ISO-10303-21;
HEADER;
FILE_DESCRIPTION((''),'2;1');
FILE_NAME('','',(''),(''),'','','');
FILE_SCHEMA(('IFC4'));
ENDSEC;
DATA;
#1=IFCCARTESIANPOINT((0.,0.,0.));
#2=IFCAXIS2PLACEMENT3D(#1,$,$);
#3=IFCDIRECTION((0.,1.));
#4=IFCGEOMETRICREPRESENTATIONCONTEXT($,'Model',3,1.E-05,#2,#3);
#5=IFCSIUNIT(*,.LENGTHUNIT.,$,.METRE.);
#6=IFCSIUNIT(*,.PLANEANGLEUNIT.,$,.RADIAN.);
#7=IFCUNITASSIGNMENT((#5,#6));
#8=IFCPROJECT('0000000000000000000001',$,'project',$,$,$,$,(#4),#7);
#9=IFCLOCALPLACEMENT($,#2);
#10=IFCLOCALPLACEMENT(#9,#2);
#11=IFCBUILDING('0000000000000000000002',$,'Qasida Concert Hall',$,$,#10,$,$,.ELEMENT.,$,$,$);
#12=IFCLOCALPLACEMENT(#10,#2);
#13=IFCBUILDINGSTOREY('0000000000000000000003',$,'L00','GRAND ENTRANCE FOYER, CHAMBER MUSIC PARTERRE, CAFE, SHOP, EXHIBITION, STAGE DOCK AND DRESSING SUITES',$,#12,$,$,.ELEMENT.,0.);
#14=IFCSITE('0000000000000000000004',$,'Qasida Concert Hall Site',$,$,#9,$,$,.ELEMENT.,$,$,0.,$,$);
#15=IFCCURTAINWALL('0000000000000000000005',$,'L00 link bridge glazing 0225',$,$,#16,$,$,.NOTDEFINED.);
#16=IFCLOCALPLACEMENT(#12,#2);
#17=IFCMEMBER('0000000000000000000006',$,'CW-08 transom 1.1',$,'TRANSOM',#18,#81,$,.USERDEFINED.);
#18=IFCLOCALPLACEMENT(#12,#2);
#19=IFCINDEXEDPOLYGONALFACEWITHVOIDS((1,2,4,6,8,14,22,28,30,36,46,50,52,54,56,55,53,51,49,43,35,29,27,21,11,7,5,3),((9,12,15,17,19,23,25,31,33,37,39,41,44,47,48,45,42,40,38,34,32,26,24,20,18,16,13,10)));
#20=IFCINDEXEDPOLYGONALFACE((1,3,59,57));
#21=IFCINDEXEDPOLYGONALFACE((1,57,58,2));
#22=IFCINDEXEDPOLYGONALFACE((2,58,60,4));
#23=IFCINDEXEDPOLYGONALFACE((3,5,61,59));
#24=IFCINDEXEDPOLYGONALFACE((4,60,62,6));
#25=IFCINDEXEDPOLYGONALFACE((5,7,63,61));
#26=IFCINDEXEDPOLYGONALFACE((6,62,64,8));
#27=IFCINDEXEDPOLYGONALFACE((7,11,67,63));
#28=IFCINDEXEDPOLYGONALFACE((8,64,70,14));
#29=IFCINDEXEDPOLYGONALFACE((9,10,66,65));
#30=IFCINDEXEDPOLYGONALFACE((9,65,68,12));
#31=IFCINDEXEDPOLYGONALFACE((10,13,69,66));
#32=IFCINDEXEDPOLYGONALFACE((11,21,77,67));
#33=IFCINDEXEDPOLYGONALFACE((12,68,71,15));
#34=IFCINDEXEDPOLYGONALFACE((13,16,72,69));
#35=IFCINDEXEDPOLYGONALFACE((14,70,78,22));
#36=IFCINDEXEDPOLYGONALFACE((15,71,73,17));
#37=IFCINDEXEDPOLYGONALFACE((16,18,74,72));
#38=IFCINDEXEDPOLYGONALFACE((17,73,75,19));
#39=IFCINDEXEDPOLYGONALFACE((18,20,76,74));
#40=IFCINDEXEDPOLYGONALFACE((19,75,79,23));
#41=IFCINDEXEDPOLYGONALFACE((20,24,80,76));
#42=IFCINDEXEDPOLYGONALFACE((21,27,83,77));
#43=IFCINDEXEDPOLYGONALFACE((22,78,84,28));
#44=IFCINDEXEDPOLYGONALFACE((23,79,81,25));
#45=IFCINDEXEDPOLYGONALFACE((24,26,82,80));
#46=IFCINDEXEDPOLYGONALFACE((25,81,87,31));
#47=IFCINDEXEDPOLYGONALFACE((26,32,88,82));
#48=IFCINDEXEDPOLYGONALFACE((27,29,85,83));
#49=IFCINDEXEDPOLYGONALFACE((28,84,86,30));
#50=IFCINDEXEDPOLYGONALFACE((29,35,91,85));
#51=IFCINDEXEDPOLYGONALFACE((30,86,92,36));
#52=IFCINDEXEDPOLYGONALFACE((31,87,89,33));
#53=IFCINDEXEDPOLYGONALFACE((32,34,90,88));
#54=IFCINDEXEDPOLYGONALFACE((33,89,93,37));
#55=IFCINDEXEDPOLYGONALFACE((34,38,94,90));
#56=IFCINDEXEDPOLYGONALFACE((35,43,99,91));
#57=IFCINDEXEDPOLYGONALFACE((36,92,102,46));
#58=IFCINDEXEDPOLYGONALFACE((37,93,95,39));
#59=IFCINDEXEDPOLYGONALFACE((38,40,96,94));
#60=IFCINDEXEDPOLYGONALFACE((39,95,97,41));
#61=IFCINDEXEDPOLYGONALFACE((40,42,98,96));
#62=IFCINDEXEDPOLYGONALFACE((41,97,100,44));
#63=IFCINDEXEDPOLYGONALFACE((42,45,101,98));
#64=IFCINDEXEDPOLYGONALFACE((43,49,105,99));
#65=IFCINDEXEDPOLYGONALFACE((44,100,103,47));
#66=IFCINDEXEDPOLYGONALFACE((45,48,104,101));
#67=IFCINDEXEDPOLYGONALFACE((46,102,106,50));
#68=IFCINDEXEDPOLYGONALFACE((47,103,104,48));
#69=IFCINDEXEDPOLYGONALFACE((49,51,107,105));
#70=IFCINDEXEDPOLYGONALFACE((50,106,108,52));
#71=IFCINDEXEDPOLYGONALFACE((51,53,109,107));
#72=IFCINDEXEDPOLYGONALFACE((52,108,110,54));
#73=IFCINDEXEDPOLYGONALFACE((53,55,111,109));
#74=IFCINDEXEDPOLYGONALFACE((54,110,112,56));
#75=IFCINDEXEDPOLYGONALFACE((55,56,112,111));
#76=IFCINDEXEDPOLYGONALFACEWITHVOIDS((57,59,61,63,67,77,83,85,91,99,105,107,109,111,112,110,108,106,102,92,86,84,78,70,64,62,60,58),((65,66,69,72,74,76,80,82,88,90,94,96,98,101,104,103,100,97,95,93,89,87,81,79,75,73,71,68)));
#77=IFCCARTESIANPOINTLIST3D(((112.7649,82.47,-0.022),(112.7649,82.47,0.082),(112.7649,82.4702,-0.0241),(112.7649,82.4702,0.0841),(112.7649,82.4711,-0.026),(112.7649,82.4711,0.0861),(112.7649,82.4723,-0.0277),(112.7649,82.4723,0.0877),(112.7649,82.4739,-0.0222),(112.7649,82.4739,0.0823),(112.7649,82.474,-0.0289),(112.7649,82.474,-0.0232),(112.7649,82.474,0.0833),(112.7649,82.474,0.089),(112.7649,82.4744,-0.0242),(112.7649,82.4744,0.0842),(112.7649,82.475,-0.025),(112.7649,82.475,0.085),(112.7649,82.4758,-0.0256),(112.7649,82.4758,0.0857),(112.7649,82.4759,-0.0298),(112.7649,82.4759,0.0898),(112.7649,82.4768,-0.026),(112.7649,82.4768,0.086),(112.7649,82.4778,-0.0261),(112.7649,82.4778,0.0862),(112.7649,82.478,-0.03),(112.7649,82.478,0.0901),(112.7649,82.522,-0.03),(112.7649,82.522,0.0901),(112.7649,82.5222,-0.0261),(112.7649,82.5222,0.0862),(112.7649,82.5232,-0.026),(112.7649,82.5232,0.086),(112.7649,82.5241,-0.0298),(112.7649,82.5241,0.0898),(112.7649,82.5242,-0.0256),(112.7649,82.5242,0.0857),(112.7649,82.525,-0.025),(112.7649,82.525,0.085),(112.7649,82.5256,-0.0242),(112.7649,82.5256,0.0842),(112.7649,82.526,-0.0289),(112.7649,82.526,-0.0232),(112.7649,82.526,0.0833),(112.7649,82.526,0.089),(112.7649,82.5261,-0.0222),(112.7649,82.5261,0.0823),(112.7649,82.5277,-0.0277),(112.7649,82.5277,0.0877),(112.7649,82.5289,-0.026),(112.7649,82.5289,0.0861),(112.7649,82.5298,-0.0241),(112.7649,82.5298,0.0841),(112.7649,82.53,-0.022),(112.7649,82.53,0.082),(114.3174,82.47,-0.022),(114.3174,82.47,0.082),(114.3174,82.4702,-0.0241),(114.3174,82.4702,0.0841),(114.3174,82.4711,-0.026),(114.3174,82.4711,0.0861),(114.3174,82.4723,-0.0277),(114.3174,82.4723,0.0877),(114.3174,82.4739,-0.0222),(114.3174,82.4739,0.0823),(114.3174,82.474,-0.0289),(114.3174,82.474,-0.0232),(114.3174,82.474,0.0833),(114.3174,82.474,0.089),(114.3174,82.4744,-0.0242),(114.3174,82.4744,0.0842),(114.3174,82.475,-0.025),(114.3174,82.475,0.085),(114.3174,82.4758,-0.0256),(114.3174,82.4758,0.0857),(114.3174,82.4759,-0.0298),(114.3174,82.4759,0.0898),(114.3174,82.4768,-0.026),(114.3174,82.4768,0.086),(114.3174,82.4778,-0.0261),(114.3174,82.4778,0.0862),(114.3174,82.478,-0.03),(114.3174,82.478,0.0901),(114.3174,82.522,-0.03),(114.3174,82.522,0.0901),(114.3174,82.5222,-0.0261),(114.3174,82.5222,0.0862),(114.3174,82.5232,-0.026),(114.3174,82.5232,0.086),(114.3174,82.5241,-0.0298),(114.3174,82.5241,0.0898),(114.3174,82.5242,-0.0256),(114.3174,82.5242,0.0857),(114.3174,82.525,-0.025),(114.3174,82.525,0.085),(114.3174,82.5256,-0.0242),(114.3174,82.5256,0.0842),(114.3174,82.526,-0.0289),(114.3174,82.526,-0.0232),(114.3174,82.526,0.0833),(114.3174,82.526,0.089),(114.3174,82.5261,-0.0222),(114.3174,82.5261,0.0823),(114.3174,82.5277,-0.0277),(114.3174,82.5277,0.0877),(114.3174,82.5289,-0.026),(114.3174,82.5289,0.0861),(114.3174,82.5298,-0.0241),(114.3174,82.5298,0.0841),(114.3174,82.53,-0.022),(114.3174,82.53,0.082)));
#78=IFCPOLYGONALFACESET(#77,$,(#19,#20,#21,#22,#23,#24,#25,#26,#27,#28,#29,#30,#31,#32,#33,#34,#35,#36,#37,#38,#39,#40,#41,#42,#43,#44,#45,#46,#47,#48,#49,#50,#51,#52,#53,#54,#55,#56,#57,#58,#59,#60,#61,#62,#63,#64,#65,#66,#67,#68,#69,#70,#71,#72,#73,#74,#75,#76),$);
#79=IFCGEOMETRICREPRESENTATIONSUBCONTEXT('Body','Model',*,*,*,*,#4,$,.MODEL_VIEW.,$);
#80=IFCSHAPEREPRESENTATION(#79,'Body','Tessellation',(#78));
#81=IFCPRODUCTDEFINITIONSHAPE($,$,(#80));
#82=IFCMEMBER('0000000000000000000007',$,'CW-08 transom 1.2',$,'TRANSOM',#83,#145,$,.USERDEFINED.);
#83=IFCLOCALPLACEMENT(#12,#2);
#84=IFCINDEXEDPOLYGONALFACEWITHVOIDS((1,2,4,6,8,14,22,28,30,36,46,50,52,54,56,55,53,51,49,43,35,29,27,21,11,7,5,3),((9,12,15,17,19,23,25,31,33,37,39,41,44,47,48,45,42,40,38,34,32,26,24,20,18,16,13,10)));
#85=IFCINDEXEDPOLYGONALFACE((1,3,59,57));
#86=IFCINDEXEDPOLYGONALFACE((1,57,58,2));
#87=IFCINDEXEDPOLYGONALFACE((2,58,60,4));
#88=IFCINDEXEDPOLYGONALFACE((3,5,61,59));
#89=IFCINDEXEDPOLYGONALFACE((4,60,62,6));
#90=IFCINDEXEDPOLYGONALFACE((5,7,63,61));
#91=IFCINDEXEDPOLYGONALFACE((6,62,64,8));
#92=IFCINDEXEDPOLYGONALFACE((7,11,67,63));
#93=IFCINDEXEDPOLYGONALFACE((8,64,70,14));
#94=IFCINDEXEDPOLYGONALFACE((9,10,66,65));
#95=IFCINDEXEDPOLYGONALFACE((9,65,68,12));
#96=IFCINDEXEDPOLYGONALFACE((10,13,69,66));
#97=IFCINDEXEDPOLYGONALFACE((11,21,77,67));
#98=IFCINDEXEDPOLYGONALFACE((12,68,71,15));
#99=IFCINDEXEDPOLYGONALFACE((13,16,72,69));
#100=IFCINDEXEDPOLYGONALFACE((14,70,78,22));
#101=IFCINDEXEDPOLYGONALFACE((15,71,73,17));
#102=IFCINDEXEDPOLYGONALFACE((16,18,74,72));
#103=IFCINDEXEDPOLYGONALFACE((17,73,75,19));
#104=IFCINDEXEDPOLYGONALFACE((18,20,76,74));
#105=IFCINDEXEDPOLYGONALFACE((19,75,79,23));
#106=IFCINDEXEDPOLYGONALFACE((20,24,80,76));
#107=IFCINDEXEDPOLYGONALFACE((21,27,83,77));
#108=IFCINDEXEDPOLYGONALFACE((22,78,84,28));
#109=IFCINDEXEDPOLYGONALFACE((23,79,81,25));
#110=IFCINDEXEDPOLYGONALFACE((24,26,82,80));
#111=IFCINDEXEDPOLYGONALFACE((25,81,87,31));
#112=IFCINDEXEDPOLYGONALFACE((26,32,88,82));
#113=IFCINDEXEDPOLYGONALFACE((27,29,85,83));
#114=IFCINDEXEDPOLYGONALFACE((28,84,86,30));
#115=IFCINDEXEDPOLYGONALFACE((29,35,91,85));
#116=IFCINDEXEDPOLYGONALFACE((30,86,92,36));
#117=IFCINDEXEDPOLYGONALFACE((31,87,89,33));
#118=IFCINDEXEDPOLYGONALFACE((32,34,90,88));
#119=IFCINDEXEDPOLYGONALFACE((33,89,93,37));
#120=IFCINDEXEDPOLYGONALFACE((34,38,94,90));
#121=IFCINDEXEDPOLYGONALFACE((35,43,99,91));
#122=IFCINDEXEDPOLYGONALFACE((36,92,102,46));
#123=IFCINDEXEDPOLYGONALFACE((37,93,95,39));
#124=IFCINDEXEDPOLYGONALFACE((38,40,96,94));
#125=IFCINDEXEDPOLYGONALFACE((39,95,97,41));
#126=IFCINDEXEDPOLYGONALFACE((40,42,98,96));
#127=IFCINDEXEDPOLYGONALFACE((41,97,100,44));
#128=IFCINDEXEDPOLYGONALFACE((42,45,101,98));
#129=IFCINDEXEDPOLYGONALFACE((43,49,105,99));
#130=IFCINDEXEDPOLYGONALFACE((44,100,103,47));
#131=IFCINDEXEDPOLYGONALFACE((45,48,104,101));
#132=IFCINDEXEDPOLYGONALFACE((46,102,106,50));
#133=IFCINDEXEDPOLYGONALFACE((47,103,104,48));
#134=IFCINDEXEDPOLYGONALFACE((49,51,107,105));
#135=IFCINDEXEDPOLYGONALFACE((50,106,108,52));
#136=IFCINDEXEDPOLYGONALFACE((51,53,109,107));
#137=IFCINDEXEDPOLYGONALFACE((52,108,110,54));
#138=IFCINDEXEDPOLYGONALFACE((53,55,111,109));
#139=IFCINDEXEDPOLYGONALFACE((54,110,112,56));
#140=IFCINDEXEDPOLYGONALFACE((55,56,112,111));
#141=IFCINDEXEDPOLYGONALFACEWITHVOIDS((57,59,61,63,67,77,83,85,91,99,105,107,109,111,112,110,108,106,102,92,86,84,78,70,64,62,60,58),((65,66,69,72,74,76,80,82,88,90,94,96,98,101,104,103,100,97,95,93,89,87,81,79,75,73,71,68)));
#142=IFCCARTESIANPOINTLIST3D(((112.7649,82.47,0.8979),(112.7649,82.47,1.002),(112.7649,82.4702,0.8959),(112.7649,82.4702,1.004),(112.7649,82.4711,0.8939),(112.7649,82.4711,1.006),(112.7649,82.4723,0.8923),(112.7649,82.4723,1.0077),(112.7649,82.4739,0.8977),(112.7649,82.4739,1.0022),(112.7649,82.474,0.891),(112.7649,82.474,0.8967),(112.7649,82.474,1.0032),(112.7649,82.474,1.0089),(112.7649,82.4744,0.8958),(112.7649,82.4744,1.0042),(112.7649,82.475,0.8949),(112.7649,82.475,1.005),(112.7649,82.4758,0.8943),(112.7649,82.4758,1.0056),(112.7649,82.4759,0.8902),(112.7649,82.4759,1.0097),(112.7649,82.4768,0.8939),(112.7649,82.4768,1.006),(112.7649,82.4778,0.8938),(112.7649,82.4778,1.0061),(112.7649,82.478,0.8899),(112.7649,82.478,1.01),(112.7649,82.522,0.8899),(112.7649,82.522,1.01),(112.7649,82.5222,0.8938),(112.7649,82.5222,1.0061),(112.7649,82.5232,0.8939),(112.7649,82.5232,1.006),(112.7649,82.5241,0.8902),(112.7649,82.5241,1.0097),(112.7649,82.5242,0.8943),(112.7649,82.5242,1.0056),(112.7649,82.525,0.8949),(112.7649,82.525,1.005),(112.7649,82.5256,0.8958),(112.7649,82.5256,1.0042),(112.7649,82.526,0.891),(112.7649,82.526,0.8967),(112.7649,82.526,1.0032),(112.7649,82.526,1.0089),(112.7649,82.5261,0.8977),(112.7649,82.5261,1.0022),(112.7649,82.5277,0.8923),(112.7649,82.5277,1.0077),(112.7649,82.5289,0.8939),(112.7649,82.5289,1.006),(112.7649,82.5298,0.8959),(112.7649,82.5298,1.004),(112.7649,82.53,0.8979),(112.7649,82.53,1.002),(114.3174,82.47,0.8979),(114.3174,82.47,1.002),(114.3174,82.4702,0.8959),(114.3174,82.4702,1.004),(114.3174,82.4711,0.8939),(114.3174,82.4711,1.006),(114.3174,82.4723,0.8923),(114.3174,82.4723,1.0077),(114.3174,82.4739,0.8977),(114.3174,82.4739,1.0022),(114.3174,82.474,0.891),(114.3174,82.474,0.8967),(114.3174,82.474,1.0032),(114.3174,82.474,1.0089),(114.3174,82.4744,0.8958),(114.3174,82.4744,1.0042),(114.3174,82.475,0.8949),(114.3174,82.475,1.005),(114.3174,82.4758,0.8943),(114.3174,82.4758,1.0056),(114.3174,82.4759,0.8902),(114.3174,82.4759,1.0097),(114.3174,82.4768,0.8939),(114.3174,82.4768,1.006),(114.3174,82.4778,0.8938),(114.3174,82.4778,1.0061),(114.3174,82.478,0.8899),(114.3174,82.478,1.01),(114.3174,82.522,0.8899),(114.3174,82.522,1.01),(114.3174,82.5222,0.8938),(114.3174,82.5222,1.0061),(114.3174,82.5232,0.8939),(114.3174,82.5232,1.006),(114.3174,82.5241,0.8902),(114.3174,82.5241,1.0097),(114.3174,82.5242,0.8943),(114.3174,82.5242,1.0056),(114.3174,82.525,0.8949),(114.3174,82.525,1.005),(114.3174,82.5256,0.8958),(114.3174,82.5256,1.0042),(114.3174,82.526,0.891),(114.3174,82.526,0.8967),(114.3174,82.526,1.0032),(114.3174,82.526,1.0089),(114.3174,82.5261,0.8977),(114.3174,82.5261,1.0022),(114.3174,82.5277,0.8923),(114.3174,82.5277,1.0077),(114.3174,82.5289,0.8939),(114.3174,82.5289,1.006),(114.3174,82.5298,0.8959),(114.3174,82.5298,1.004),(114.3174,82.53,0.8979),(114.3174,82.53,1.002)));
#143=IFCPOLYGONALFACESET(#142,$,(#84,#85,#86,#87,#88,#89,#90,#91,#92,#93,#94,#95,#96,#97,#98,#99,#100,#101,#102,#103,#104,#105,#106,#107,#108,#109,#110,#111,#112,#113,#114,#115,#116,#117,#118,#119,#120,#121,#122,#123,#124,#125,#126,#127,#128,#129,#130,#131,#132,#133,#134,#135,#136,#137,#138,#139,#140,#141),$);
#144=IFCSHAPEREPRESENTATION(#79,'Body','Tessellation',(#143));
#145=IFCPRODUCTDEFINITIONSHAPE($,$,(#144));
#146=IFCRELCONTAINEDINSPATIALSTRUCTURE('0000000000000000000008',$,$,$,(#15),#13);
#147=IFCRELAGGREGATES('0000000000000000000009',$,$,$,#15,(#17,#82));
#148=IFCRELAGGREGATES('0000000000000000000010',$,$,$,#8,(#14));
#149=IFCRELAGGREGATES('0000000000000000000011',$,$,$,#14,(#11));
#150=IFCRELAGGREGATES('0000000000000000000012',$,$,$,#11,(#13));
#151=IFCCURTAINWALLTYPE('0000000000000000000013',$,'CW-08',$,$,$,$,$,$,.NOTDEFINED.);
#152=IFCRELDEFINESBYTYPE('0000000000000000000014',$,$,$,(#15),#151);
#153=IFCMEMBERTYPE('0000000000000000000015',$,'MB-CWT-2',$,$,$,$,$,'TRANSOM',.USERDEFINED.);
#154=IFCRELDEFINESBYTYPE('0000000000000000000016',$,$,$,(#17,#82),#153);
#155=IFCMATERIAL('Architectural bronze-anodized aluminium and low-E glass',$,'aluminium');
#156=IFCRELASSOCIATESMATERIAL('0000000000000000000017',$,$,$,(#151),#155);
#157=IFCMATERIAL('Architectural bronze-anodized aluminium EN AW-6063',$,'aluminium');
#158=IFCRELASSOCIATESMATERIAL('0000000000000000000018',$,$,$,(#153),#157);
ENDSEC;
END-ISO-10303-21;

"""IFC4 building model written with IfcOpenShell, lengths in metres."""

from ifc_helpers import new_model, si_unit, direction, frame, origin, origin_2d, place, context, subcontext, project, spatial, hollow_rectangle, extrude, material, material_profile, profile_set, type_object, element, aggregate, save


model = new_model("IFC4")

# Units and contexts
model_context = context("Model", 3, precision=1e-05, world=origin(), true_north=direction((0.0, 1.0)))
body_context = subcontext(model_context, "Body", "Model", "MODEL_VIEW")
ifc_project = project(units=[si_unit("LENGTHUNIT", "METRE"), si_unit("PLANEANGLEUNIT", "RADIAN")], contexts=[model_context])

# Site, building, storey
site_placement = place(None, origin())
site = spatial("IfcSite", under=ifc_project, at=site_placement, Name="Qasida Concert Hall Site", CompositionType="ELEMENT", RefElevation=0.0)
building_placement = place(site_placement, origin())
building = spatial("IfcBuilding", under=site, at=building_placement, Name="Qasida Concert Hall", CompositionType="ELEMENT")
storey_placement = place(building_placement, origin())
storey = spatial("IfcBuildingStorey", under=building, at=storey_placement, Name="L00", Description="GRAND ENTRANCE FOYER, CHAMBER MUSIC PARTERRE, CAFE, SHOP, EXHIBITION, STAGE DOCK AND DRESSING SUITES", CompositionType="ELEMENT", Elevation=0.0)

# Curtain wall
ifc_material_1 = material(Name="Architectural bronze-anodized aluminium and low-E glass", Category="aluminium")
curtain_wall_type = type_object("IfcCurtainWallType", Name="CW-08", PredefinedType="NOTDEFINED", material=ifc_material_1)
ifc_material_2 = material(Name="Architectural bronze-anodized aluminium EN AW-6063", Category="aluminium")
curtain_wall_1_placement = place(storey_placement, origin())
curtain_wall_1 = element("IfcCurtainWall", 1, at=curtain_wall_1_placement, inside=storey, type_object=curtain_wall_type, Name="L00 link bridge glazing 0225", PredefinedType="NOTDEFINED")

# Shared definitions
ifc_material_profile_1 = material_profile(ifc_material_2, hollow_rectangle(XDim=0.0601, YDim=0.1201, WallThickness=0.0039, InnerFilletRadius=0.0039, OuterFilletRadius=0.0081, at=origin_2d()), Name="CWT 120x60x4")
ifc_profile_set_1 = profile_set([ifc_material_profile_1], Name="Architectural bronze-anodized aluminium EN AW-6063")
member_type_1 = type_object("IfcMemberType", Name="MB-CWT-2", ElementType="TRANSOM", PredefinedType="USERDEFINED", material=ifc_profile_set_1)

# Members
member_1_placement = place(storey_placement, frame((112.7649, 82.5, 0.03), z_axis=(1.0, 0.0, 0.0), x_axis=(0.0, 1.0, 0.0)))
member_1 = element("IfcMember", 2, at=member_1_placement, type_object=member_type_1, Name="CW-08 transom 1.1", ObjectType="TRANSOM", PredefinedType="USERDEFINED", context=body_context, shape_type="SweptSolid", body=[
    extrude(hollow_rectangle(XDim=0.0601, YDim=0.1201, WallThickness=0.0039, InnerFilletRadius=0.0039, OuterFilletRadius=0.0081, at=origin_2d()), origin(), (0.0, 0.0, 1.0), 1.5525),
])
member_2_placement = place(storey_placement, frame((112.7649, 82.5, 0.95), z_axis=(1.0, 0.0, 0.0), x_axis=(0.0, 1.0, 0.0)))
member_2 = element("IfcMember", 3, at=member_2_placement, type_object=member_type_1, Name="CW-08 transom 1.2", ObjectType="TRANSOM", PredefinedType="USERDEFINED", context=body_context, shape_type="SweptSolid", body=[
    extrude(hollow_rectangle(XDim=0.0601, YDim=0.1201, WallThickness=0.0039, InnerFilletRadius=0.0039, OuterFilletRadius=0.0081, at=origin_2d()), origin(), (0.0, 0.0, 1.0), 1.5525),
])

aggregate(curtain_wall_1, [member_1, member_2])

save(model, "model.ifc")
